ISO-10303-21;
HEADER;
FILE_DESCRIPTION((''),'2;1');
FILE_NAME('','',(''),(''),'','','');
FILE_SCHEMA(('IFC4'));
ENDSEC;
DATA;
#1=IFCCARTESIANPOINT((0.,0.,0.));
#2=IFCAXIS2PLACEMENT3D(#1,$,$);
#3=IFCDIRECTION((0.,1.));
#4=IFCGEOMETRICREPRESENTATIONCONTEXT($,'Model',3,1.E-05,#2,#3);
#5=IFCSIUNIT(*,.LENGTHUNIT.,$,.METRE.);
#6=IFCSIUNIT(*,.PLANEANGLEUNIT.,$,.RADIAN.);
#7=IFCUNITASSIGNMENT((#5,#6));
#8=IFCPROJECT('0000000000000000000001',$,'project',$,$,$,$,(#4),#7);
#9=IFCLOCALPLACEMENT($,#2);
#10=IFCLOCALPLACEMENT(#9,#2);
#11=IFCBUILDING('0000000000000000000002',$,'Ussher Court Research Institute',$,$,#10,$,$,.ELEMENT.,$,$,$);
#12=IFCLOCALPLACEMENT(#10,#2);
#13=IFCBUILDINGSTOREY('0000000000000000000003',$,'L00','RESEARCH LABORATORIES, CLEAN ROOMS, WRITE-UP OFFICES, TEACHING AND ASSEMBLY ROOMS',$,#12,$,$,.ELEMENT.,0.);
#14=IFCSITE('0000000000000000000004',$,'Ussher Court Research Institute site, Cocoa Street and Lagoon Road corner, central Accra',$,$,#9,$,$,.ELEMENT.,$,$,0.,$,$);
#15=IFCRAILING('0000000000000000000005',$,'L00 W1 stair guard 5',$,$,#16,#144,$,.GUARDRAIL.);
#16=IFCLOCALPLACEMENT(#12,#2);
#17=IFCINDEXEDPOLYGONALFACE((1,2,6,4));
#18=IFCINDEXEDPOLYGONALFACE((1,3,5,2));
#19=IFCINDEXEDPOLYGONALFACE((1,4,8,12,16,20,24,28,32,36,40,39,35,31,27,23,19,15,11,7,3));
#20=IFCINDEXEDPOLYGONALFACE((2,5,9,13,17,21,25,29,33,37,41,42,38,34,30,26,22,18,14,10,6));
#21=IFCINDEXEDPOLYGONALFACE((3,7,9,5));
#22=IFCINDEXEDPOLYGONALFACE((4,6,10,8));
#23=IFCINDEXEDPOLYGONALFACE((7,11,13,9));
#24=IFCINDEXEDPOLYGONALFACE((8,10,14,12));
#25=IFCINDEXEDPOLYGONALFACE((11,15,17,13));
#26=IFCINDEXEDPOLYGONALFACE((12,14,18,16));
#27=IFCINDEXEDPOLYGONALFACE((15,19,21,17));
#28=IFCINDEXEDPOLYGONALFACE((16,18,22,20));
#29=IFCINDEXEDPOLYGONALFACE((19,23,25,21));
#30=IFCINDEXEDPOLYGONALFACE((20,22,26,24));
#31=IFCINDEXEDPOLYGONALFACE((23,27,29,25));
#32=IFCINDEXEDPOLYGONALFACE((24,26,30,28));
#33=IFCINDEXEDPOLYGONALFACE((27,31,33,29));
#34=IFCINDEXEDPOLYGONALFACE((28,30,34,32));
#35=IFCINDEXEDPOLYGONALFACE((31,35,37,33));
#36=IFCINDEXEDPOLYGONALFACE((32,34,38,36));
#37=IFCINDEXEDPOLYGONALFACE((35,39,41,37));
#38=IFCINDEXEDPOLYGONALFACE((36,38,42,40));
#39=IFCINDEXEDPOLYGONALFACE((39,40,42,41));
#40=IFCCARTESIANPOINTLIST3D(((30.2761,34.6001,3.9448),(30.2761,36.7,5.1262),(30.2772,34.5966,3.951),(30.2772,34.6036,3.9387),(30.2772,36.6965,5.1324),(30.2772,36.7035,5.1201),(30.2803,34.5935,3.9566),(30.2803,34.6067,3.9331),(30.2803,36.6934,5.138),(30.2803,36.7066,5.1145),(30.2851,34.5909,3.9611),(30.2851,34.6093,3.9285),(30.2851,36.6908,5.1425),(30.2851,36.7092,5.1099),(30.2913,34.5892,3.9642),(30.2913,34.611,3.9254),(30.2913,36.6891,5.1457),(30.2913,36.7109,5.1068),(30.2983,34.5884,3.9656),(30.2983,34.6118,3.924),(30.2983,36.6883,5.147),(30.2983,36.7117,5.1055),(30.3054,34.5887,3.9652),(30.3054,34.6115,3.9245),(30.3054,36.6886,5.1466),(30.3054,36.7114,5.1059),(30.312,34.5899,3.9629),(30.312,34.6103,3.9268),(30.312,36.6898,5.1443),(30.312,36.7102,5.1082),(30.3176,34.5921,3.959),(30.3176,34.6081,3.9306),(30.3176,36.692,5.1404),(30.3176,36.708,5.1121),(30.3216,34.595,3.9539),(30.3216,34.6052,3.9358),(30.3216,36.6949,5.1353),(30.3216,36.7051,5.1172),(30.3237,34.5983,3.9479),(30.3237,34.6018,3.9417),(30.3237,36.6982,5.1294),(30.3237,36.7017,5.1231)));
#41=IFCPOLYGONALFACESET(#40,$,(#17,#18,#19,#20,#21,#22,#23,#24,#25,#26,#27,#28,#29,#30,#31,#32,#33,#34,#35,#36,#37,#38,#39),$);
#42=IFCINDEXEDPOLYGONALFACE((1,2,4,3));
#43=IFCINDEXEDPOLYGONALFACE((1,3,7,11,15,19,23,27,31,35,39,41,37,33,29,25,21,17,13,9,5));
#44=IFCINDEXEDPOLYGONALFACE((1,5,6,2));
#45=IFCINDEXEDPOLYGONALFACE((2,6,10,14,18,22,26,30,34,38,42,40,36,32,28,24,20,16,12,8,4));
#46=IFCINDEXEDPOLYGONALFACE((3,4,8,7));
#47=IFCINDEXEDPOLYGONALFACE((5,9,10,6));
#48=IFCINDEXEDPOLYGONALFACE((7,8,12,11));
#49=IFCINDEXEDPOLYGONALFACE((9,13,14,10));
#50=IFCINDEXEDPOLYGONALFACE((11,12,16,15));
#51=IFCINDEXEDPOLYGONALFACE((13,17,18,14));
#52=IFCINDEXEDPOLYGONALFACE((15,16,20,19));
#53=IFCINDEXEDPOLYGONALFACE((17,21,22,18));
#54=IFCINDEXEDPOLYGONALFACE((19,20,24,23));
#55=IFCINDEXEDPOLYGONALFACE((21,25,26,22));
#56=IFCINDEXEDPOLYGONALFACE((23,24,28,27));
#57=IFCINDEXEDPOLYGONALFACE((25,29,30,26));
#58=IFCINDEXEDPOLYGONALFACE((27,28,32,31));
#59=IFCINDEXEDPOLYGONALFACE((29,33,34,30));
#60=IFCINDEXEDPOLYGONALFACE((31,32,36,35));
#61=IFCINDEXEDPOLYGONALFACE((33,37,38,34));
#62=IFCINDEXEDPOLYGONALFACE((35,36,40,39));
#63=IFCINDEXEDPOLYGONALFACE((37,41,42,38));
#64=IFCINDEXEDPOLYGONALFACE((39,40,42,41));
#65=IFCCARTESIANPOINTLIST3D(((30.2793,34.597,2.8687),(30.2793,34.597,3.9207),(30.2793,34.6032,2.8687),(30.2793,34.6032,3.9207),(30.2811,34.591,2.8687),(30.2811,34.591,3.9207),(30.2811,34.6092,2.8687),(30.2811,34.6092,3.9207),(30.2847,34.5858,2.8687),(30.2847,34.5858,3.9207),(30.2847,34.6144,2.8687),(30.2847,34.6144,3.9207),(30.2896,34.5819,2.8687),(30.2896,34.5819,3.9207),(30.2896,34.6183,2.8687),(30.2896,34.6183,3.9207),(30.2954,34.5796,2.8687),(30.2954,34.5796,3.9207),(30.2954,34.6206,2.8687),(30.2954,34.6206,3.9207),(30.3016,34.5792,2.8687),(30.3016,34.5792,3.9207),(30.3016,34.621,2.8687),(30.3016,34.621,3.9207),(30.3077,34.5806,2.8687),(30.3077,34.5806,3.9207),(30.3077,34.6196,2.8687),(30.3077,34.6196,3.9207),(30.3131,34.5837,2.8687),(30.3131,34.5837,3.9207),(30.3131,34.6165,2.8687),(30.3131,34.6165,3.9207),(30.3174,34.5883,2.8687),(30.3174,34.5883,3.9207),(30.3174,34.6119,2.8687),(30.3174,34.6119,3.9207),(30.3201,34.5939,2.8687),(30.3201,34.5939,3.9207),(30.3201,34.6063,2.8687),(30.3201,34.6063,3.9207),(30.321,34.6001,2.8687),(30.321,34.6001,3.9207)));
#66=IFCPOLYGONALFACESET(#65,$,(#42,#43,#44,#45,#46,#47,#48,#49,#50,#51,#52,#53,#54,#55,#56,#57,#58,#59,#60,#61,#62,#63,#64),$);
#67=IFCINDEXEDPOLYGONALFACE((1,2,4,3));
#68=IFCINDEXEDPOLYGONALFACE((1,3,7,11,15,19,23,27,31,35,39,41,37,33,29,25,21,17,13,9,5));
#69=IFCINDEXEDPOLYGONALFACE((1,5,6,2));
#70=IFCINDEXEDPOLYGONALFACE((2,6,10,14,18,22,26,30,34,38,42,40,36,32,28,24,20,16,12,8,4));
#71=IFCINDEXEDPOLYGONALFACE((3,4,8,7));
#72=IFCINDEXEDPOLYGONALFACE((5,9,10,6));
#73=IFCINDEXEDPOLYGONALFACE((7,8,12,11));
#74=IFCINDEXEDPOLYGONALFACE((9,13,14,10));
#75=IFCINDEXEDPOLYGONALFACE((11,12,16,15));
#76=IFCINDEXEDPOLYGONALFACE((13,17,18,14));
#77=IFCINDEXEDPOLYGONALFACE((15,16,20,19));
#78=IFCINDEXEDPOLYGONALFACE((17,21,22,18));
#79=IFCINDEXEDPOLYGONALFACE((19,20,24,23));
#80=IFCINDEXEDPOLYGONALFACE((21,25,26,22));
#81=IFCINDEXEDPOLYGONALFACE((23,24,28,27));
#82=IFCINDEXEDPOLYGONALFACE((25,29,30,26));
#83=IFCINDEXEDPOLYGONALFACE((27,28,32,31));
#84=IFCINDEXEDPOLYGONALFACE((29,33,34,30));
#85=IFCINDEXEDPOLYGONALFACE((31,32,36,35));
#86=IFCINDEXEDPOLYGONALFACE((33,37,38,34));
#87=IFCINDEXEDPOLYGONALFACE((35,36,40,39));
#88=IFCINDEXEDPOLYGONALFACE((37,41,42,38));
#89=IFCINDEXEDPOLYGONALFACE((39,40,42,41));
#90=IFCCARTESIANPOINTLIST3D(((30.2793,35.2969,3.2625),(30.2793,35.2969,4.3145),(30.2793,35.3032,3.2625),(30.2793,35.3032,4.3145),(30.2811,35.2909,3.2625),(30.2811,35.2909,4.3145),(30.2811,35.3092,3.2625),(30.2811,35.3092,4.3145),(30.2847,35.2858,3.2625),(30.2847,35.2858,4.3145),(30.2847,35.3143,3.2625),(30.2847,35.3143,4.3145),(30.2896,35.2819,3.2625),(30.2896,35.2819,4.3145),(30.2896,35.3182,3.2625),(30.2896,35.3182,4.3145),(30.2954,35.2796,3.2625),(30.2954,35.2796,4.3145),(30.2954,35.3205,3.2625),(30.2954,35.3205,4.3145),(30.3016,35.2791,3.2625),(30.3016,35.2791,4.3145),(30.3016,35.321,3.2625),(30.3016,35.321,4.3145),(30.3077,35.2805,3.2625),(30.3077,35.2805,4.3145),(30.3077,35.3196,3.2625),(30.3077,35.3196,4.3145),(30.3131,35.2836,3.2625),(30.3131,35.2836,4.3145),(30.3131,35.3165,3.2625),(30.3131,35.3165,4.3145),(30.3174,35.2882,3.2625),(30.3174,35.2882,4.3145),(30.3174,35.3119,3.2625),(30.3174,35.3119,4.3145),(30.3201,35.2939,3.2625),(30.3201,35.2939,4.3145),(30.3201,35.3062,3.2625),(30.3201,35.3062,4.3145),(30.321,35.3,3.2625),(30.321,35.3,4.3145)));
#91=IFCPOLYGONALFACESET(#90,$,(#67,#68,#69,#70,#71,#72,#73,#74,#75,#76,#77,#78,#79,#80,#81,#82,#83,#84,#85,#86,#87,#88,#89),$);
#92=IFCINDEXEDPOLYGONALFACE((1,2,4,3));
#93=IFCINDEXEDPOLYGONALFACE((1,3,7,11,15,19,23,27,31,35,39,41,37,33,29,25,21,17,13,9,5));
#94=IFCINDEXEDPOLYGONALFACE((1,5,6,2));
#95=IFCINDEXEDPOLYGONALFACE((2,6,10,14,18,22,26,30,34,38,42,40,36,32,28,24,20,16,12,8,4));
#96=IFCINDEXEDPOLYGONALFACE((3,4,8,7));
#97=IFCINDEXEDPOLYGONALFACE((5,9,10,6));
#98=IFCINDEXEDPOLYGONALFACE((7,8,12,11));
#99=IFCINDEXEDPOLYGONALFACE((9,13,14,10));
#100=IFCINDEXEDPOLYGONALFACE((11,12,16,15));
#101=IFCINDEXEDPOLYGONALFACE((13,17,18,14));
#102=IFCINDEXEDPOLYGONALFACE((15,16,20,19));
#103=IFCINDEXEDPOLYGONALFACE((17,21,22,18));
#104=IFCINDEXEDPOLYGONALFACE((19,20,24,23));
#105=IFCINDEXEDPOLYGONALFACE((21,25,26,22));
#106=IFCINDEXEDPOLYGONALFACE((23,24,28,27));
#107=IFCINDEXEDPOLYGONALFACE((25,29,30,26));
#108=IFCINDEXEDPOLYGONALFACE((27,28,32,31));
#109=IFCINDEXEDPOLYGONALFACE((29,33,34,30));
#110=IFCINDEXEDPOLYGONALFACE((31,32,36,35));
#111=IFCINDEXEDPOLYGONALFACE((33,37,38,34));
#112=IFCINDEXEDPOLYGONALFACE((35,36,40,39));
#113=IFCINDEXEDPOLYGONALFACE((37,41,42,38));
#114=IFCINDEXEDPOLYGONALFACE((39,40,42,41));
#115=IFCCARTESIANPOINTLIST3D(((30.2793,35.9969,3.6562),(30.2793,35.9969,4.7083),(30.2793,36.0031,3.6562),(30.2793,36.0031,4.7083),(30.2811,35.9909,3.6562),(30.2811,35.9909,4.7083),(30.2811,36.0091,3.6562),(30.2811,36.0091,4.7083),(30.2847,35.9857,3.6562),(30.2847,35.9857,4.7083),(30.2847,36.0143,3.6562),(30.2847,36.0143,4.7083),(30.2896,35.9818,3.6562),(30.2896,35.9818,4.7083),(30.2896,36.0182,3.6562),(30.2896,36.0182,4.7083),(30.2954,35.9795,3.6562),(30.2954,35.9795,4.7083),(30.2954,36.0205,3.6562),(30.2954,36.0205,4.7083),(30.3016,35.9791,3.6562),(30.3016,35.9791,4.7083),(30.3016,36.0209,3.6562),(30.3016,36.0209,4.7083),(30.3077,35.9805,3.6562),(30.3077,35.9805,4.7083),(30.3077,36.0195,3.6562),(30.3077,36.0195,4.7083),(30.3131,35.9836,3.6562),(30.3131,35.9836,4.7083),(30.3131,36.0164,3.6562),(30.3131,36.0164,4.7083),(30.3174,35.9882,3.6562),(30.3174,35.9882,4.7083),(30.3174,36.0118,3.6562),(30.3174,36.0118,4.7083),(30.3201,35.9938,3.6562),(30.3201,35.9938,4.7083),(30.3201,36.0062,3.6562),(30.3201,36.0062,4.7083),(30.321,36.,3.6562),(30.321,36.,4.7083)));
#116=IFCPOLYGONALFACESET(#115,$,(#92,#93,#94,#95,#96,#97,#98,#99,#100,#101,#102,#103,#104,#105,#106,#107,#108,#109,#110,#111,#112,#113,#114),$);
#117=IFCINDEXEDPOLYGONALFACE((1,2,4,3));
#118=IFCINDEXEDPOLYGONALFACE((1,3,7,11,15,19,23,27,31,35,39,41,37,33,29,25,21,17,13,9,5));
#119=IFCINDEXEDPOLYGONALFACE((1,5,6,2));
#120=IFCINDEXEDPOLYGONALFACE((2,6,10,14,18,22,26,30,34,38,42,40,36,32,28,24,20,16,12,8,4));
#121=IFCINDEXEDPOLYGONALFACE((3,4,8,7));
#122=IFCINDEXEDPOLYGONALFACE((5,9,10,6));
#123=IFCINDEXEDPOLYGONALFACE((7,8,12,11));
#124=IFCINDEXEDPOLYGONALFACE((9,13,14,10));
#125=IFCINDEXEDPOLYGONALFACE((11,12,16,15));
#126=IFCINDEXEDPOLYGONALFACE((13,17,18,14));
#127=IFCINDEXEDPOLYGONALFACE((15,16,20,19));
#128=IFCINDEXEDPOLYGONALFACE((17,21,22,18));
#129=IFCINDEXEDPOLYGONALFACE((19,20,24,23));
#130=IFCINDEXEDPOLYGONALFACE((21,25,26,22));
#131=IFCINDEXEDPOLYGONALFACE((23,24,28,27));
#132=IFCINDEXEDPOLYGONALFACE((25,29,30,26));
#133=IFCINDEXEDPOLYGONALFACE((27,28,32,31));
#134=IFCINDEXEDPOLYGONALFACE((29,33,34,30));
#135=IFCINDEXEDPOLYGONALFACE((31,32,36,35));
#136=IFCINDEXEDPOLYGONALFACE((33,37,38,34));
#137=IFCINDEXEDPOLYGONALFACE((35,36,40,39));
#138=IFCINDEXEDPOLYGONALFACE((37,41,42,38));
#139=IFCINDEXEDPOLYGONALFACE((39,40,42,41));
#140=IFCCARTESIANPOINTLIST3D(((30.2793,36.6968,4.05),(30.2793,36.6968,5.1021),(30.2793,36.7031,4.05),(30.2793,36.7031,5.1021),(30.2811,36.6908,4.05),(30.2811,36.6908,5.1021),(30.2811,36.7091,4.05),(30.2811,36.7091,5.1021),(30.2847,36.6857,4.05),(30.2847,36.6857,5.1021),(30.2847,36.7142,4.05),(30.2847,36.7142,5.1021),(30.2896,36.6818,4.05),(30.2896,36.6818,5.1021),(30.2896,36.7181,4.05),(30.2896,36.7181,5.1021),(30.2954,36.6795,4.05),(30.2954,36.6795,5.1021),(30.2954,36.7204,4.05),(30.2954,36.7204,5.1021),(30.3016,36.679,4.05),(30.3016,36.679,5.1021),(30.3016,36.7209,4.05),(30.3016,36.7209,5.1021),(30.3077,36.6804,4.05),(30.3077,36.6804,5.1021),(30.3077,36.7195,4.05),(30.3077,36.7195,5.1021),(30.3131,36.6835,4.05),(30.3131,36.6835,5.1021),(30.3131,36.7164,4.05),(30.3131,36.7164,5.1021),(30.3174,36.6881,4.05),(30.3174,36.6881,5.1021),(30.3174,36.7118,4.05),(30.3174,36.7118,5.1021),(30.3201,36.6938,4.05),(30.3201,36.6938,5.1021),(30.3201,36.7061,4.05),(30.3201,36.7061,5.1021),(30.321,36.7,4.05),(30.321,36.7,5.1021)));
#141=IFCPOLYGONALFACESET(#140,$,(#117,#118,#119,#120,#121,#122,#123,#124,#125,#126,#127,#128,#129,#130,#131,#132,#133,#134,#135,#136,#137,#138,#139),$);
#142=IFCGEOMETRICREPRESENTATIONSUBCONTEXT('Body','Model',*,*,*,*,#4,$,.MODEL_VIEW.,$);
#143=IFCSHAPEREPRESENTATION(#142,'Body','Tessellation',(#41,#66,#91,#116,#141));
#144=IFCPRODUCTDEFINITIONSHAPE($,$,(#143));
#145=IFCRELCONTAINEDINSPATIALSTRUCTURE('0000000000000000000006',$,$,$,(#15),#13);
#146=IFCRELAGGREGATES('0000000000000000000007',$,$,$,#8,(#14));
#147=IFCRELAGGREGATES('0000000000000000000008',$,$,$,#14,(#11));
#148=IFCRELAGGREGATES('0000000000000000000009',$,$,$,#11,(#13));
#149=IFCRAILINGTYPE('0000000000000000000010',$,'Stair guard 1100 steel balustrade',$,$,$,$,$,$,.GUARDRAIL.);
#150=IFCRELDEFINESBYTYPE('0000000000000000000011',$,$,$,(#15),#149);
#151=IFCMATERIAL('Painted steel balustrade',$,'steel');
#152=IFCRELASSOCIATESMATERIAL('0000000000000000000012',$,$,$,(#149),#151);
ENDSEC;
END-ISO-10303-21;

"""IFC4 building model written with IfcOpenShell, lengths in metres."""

from ifc_helpers import new_model, si_unit, direction, frame, origin, origin_2d, place, context, subcontext, project, spatial, circle, extrude, material, type_object, element, save


model = new_model("IFC4")

# Units and contexts
model_context = context("Model", 3, precision=1e-05, world=origin(), true_north=direction((0.0, 1.0)))
body_context = subcontext(model_context, "Body", "Model", "MODEL_VIEW")
ifc_project = project(units=[si_unit("LENGTHUNIT", "METRE"), si_unit("PLANEANGLEUNIT", "RADIAN")], contexts=[model_context])

# Site, building, storey
site_placement = place(None, origin())
site = spatial("IfcSite", under=ifc_project, at=site_placement, Name="Ussher Court Research Institute site, Cocoa Street and Lagoon Road corner, central Accra", CompositionType="ELEMENT", RefElevation=0.0)
building_placement = place(site_placement, origin())
building = spatial("IfcBuilding", under=site, at=building_placement, Name="Ussher Court Research Institute", CompositionType="ELEMENT")
storey_placement = place(building_placement, origin())
storey = spatial("IfcBuildingStorey", under=building, at=storey_placement, Name="L00", Description="RESEARCH LABORATORIES, CLEAN ROOMS, WRITE-UP OFFICES, TEACHING AND ASSEMBLY ROOMS", CompositionType="ELEMENT", Elevation=0.0)

# Railing
ifc_material_1 = material(Name="Painted steel balustrade", Category="steel")
railing_type_1 = type_object("IfcRailingType", Name="Stair guard 1100 steel balustrade", PredefinedType="GUARDRAIL", material=ifc_material_1)
railing_1_placement = place(storey_placement, frame((30.3, 34.6001, 2.8687)))
element("IfcRailing", 1, at=railing_1_placement, inside=storey, type_object=railing_type_1, Name="L00 W1 stair guard 5", PredefinedType="GUARDRAIL", context=body_context, shape_type="SweptSolid", body=[
    extrude(circle(Radius=0.0239, at=origin_2d()), frame((0.0, 0.0, 1.0762), z_axis=(0.0, 0.871535, 0.490333), x_axis=(-1.0, 0.0, 0.0)), (0.0, 0.0, 1.0), 2.4094),
    extrude(circle(Radius=0.021, at=origin_2d()), origin(), (0.0, 0.0, 1.0), 1.052),
    extrude(circle(Radius=0.021, at=origin_2d()), frame((0.0, 0.7, 0.3938)), (0.0, 0.0, 1.0), 1.052),
    extrude(circle(Radius=0.021, at=origin_2d()), frame((0.0, 1.3999, 0.7876)), (0.0, 0.0, 1.0), 1.052),
    extrude(circle(Radius=0.021, at=origin_2d()), frame((0.0, 2.0999, 1.1814)), (0.0, 0.0, 1.0), 1.052),
])

save(model, "model.ifc")
